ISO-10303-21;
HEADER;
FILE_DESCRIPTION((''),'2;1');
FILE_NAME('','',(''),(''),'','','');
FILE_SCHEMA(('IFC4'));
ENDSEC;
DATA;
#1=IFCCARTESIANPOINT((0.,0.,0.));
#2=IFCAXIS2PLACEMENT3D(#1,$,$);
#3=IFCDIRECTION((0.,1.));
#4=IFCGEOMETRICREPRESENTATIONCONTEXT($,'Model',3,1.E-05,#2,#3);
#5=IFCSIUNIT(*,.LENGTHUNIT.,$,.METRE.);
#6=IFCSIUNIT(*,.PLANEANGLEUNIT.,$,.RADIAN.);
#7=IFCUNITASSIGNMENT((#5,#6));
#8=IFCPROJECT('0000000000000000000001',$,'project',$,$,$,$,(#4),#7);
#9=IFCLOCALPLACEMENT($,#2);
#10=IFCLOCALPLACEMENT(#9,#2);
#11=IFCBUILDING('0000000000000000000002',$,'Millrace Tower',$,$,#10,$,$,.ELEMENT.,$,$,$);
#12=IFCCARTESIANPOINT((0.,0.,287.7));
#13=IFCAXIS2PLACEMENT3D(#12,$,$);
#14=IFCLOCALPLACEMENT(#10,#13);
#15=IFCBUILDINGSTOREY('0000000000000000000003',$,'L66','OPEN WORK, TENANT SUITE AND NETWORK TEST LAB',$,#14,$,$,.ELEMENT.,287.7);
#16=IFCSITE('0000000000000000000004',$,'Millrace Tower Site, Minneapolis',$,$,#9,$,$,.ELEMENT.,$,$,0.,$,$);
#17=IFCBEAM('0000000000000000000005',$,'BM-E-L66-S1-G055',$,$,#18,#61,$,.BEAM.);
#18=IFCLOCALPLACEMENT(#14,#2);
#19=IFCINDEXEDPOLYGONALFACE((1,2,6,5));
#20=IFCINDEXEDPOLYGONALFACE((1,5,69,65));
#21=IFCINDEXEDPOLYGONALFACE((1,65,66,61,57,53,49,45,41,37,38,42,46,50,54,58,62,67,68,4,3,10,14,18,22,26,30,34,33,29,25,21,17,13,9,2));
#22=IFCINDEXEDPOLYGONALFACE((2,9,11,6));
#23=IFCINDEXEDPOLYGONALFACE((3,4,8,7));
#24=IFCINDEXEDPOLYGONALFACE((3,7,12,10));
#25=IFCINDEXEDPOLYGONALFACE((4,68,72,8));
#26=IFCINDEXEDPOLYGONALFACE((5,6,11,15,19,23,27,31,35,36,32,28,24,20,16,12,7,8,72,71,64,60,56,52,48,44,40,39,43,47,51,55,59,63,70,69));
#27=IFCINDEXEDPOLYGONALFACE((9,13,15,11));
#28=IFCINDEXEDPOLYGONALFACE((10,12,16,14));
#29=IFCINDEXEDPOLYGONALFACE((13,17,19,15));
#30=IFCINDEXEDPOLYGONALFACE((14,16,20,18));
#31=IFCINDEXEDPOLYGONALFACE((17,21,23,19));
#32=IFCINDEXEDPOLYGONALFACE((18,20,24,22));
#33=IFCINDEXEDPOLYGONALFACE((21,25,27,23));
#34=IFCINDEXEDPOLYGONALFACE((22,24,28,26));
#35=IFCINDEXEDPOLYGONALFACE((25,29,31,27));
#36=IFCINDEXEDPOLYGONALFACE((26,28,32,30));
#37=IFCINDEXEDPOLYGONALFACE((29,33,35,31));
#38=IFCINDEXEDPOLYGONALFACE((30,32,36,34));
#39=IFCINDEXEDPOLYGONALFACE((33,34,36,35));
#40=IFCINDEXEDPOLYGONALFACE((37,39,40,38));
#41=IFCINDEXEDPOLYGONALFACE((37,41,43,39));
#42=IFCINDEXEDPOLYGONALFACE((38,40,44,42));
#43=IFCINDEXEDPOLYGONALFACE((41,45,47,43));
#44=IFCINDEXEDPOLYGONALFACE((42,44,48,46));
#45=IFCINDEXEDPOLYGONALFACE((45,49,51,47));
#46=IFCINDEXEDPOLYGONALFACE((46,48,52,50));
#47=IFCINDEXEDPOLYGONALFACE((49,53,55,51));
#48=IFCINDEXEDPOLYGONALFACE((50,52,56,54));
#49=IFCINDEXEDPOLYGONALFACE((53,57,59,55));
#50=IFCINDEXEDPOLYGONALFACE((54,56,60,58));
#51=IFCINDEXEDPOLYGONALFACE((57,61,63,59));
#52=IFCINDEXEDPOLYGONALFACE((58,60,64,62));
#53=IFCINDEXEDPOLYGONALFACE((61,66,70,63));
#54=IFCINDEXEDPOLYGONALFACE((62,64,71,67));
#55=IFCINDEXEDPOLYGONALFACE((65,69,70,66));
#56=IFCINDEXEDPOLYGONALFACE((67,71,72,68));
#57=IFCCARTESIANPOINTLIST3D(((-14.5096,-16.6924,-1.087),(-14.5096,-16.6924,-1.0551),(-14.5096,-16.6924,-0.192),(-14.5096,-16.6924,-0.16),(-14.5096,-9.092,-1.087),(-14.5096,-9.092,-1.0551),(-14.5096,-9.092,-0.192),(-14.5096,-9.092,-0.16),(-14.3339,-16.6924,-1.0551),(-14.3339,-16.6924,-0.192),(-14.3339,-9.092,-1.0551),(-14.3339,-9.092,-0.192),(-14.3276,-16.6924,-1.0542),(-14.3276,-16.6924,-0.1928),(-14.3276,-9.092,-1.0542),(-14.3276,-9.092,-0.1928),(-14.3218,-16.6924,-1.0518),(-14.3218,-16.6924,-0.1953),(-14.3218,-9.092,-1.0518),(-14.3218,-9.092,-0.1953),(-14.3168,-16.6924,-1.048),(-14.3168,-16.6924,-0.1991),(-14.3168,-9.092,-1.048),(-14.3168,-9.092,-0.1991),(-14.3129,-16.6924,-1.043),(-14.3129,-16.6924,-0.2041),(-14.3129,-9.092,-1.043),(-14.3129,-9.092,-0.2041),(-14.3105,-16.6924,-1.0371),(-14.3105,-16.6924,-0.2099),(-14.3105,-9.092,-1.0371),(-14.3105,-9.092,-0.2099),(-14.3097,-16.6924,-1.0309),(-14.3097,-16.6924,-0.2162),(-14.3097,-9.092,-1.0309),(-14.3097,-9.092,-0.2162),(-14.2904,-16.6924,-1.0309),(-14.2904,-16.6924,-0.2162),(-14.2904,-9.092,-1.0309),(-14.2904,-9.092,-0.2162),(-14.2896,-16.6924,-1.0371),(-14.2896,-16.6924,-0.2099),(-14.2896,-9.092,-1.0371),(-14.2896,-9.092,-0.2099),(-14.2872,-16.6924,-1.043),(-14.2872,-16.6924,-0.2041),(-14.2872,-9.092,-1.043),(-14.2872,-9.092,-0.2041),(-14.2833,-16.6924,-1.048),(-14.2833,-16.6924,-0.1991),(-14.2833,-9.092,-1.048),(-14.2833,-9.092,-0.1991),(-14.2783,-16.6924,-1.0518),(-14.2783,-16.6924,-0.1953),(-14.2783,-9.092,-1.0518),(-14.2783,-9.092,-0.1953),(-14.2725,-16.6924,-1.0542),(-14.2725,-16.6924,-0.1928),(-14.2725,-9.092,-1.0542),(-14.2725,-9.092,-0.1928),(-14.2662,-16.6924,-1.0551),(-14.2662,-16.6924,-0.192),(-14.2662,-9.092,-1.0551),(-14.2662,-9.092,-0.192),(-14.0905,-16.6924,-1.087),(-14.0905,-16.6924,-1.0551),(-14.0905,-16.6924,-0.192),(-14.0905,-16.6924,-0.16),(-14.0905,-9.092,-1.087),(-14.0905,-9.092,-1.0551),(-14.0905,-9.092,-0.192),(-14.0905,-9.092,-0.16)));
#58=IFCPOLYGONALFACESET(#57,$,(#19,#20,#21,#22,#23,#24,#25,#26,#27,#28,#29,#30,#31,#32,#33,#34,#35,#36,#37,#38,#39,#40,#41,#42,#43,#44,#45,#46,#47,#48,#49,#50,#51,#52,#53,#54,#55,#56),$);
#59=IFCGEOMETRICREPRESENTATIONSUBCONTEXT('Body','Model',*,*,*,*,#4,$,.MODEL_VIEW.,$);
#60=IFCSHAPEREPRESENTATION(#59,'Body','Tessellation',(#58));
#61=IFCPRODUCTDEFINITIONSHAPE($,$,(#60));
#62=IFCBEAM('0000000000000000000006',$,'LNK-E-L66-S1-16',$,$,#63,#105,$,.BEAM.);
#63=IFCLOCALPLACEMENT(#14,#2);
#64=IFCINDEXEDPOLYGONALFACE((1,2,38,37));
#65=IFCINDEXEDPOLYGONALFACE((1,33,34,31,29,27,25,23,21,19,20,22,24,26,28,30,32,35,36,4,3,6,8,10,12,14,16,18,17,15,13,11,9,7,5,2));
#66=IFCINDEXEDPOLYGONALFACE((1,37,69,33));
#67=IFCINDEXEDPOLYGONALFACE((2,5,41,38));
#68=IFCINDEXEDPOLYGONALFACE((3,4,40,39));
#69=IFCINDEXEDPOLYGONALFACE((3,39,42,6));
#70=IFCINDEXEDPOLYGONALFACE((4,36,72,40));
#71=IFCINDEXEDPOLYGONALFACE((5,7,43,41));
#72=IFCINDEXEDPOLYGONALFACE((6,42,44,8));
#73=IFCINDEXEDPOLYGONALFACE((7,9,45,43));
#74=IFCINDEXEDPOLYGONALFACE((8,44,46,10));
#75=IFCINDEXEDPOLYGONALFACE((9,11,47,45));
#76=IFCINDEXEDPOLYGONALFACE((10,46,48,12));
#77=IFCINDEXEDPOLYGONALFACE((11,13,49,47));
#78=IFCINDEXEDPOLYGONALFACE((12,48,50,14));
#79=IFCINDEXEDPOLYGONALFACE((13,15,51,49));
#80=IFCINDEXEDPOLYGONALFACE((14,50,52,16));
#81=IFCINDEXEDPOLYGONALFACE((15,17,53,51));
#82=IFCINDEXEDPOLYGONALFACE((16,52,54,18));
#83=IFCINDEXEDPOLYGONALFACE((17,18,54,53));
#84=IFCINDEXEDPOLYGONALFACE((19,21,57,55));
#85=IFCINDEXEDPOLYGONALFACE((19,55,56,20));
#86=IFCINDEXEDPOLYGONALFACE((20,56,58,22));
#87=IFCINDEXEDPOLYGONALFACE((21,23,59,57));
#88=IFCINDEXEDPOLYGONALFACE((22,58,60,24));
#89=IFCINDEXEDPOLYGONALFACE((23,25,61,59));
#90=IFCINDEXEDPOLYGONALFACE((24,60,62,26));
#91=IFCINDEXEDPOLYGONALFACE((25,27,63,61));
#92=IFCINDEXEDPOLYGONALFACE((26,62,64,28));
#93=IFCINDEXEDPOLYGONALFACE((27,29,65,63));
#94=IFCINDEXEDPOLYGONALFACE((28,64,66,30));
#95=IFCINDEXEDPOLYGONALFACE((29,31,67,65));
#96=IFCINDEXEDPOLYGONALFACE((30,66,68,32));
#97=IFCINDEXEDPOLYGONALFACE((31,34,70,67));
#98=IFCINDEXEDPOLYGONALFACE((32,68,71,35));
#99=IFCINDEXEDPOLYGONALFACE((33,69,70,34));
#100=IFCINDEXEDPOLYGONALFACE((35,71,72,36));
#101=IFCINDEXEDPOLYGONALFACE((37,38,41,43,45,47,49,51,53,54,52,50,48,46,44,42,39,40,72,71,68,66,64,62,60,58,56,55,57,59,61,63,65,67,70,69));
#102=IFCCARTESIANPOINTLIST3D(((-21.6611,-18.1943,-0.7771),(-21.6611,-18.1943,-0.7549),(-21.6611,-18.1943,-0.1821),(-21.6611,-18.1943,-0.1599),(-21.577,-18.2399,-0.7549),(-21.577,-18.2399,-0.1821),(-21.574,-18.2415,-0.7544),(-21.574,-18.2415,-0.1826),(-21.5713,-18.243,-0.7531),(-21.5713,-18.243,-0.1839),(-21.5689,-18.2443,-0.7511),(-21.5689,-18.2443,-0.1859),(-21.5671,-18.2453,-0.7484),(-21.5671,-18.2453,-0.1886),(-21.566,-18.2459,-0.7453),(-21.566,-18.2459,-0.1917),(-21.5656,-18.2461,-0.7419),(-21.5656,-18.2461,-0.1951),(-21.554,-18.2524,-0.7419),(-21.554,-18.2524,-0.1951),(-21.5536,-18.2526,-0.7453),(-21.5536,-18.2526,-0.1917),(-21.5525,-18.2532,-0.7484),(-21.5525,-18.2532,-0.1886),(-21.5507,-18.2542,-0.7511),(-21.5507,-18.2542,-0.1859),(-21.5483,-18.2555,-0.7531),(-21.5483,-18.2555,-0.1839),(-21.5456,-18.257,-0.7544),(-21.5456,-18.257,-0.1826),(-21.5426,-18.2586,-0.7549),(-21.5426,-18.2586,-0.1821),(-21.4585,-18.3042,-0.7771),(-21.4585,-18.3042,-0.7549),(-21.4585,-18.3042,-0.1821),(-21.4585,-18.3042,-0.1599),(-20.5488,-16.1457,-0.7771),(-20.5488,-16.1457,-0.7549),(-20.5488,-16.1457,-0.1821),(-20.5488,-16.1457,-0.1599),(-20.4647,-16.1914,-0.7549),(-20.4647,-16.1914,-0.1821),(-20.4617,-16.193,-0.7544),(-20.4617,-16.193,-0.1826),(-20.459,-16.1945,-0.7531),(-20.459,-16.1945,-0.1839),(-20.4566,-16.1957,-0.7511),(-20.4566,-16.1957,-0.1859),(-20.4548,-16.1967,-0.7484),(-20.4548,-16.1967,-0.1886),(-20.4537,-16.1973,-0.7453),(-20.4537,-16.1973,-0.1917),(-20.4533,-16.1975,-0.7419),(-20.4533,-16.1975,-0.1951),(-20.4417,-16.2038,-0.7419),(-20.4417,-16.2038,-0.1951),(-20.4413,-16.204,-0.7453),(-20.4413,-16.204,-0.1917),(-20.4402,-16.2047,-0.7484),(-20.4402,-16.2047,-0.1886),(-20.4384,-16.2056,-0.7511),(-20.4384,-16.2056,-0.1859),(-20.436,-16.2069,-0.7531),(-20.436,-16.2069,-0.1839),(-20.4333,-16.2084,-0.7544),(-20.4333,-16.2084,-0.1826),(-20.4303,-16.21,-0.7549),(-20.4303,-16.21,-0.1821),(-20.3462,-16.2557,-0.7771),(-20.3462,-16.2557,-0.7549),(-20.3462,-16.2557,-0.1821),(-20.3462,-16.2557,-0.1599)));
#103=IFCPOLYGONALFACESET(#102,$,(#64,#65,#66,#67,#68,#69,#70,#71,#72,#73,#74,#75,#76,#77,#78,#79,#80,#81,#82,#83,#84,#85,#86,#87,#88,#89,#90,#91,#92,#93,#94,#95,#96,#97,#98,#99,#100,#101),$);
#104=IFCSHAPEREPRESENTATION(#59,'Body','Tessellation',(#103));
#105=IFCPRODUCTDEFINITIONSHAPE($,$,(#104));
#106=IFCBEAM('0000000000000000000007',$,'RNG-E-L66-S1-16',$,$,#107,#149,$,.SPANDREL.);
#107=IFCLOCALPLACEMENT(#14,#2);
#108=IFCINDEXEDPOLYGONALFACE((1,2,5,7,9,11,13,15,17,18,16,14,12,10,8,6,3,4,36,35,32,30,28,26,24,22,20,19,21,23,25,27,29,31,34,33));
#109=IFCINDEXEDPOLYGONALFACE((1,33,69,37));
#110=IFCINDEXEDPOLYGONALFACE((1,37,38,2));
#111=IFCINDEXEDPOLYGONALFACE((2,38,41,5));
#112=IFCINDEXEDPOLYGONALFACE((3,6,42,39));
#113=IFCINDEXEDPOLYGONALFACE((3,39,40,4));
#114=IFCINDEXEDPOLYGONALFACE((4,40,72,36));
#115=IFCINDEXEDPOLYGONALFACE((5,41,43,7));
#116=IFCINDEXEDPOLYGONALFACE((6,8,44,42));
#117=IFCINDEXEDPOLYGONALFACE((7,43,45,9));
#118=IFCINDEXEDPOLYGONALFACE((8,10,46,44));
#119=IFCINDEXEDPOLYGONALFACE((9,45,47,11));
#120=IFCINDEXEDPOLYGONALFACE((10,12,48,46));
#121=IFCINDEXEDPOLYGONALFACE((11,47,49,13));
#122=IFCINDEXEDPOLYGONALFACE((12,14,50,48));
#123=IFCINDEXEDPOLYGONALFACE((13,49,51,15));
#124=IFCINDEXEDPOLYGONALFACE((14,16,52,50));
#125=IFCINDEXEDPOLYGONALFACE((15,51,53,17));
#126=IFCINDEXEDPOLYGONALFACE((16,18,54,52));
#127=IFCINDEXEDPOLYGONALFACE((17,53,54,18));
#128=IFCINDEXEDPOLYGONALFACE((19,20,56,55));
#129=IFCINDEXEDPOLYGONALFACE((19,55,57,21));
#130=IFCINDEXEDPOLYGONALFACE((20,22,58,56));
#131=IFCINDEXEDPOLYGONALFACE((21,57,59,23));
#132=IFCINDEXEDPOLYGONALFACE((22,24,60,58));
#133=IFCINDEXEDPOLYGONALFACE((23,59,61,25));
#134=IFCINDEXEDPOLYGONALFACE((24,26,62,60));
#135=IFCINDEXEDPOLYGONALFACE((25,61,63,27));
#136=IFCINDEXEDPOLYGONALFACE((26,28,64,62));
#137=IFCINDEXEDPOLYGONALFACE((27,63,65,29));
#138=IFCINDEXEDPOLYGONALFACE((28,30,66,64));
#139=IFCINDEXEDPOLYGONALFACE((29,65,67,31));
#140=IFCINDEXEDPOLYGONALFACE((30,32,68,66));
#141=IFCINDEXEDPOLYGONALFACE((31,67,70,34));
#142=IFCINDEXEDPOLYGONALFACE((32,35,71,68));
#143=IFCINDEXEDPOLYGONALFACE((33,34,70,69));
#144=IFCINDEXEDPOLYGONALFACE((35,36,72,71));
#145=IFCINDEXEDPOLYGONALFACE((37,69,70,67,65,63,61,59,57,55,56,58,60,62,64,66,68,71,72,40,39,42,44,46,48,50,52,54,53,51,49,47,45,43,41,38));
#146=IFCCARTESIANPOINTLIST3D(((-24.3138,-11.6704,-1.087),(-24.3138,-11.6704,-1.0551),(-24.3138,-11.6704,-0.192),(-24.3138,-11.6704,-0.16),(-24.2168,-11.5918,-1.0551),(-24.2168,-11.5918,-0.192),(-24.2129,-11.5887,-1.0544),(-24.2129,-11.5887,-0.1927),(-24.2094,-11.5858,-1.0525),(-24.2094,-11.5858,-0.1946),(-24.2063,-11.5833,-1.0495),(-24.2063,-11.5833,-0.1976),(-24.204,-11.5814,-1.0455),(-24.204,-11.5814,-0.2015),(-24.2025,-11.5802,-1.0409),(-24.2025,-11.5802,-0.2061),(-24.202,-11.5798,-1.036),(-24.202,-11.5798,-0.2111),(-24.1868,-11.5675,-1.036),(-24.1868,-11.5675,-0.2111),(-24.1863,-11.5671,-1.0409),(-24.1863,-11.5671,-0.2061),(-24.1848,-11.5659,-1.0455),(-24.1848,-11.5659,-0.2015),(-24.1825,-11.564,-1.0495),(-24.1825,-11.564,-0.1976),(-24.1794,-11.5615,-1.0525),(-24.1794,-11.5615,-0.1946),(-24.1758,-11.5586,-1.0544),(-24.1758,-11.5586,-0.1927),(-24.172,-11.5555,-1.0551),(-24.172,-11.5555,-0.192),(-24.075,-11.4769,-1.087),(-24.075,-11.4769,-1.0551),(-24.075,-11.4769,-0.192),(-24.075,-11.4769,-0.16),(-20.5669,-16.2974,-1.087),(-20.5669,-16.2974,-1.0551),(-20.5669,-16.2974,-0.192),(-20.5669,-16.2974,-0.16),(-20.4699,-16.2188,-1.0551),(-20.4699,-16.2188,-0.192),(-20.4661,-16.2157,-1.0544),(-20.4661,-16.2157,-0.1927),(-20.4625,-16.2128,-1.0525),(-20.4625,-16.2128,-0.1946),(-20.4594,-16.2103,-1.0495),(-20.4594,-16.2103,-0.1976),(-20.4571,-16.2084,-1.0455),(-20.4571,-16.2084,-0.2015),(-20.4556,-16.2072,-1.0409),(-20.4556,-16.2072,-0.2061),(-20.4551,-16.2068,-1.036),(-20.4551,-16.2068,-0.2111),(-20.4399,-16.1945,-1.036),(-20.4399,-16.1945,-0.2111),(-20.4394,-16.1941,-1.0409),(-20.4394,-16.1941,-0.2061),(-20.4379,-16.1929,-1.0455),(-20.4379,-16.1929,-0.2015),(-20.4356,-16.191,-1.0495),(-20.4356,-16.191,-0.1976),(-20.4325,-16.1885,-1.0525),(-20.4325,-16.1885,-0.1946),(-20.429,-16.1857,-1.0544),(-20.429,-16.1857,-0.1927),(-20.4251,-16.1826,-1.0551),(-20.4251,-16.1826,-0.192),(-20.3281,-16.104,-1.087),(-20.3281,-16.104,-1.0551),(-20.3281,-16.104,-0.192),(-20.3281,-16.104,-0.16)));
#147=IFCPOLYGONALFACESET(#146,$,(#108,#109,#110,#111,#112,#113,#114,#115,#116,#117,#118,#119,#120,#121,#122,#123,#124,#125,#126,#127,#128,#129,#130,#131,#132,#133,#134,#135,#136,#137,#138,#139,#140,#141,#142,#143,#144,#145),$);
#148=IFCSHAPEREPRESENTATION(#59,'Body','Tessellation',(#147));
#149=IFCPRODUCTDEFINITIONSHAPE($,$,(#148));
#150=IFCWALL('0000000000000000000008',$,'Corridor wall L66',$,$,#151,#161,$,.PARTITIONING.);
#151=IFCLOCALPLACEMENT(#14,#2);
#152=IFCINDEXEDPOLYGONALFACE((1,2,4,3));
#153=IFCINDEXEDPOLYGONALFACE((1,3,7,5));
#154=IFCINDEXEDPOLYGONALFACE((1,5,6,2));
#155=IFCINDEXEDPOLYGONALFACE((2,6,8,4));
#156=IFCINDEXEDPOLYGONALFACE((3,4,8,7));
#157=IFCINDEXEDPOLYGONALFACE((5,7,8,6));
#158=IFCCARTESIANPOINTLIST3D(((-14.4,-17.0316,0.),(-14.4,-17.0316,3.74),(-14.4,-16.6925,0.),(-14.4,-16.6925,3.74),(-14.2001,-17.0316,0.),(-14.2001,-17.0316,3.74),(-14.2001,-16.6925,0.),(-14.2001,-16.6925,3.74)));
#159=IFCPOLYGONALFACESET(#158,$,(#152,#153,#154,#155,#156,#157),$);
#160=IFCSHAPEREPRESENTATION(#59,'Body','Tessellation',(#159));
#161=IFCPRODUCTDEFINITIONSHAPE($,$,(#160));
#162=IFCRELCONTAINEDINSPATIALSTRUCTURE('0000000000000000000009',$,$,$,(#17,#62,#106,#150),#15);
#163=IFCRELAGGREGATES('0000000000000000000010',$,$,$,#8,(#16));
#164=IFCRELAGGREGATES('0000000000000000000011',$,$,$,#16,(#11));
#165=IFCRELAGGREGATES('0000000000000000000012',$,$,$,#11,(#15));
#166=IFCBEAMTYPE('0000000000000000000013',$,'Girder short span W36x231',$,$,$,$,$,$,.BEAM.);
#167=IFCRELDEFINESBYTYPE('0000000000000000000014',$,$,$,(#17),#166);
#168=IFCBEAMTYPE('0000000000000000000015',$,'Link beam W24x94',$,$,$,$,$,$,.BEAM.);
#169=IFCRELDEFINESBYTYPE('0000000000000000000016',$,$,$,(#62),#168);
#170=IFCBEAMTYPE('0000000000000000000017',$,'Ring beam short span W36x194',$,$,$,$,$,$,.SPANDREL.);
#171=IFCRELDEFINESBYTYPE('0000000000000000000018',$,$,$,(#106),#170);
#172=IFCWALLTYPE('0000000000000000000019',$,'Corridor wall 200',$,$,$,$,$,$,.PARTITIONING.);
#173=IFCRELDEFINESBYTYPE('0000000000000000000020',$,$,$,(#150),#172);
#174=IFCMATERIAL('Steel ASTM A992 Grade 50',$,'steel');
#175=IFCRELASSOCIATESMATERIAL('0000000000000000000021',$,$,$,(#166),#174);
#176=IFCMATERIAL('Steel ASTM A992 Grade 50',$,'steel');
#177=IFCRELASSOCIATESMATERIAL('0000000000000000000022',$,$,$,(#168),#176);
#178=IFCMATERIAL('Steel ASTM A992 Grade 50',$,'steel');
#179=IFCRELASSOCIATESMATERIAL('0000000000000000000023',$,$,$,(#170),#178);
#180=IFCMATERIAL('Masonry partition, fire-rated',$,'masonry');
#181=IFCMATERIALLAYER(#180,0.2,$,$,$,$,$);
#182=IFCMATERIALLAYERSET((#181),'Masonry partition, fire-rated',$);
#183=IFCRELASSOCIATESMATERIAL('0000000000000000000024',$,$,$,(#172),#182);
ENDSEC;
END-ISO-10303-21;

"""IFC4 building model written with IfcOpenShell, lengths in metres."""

from ifc_helpers import new_model, si_unit, direction, frame, frame_2d, origin, origin_2d, place, context, subcontext, project, spatial, rectangle, i_section, extrude, material, layer, layer_set, material_profile, profile_set, type_object, element, save


model = new_model("IFC4")

# Units and contexts
model_context = context("Model", 3, precision=1e-05, world=origin(), true_north=direction((0.0, 1.0)))
body_context = subcontext(model_context, "Body", "Model", "MODEL_VIEW")
ifc_project = project(units=[si_unit("LENGTHUNIT", "METRE"), si_unit("PLANEANGLEUNIT", "RADIAN")], contexts=[model_context])

# Site, building, storey
site_placement = place(None, origin())
site = spatial("IfcSite", under=ifc_project, at=site_placement, Name="Millrace Tower Site, Minneapolis", CompositionType="ELEMENT", RefElevation=0.0)
building_placement = place(site_placement, origin())
building = spatial("IfcBuilding", under=site, at=building_placement, Name="Millrace Tower", CompositionType="ELEMENT")
storey_placement = place(building_placement, frame((0.0, 0.0, 287.7)))
storey = spatial("IfcBuildingStorey", under=building, at=storey_placement, Name="L66", Description="OPEN WORK, TENANT SUITE AND NETWORK TEST LAB", CompositionType="ELEMENT", Elevation=287.7)

# Beams
ifc_material_1 = material(Name="Steel ASTM A992 Grade 50", Category="steel")
ifc_material_profile_1 = material_profile(ifc_material_1, i_section(OverallWidth=0.4192, OverallDepth=0.927, WebThickness=0.0193, FlangeThickness=0.032, FilletRadius=0.0242, at=origin_2d()))
ifc_profile_set_1 = profile_set([ifc_material_profile_1], Name="Steel ASTM A992 Grade 50")
beam_type_1 = type_object("IfcBeamType", Name="Girder short span W36x231", PredefinedType="BEAM", material=ifc_profile_set_1)
beam_1_placement = place(storey_placement, frame((-14.3, -16.6924, -0.6235), z_axis=(0.0, 1.0, 0.0), x_axis=(-1.0, 0.0, 0.0)))
element("IfcBeam", 1, at=beam_1_placement, inside=storey, type_object=beam_type_1, Name="BM-E-L66-S1-G055", PredefinedType="BEAM", context=body_context, shape_type="SweptSolid", body=[
    extrude(i_section(OverallWidth=0.4192, OverallDepth=0.927, WebThickness=0.0193, FlangeThickness=0.032, FilletRadius=0.0242, at=origin_2d()), origin(), (0.0, 0.0, 1.0), 7.6003),
])
ifc_material_2 = material(Name="Steel ASTM A992 Grade 50", Category="steel")
ifc_material_profile_2 = material_profile(ifc_material_2, i_section(OverallWidth=0.2305, OverallDepth=0.6172, WebThickness=0.0132, FlangeThickness=0.0222, FilletRadius=0.0129, at=origin_2d()))
ifc_profile_set_2 = profile_set([ifc_material_profile_2], Name="Steel ASTM A992 Grade 50")
beam_type_2 = type_object("IfcBeamType", Name="Link beam W24x94", PredefinedType="BEAM", material=ifc_profile_set_2)
beam_2_placement = place(storey_placement, frame((-20.4475, -16.2007, -0.4685), z_axis=(-0.477164, -0.878815, 0.0), x_axis=(0.878815, -0.477164, 0.0)))
element("IfcBeam", 2, at=beam_2_placement, inside=storey, type_object=beam_type_2, Name="LNK-E-L66-S1-16", PredefinedType="BEAM", context=body_context, shape_type="SweptSolid", body=[
    extrude(i_section(OverallWidth=0.2305, OverallDepth=0.6172, WebThickness=0.0132, FlangeThickness=0.0222, FilletRadius=0.0129, at=origin_2d()), origin(), (0.0, 0.0, 1.0), 2.3311),
])
ifc_material_3 = material(Name="Steel ASTM A992 Grade 50", Category="steel")
ifc_material_profile_3 = material_profile(ifc_material_3, i_section(OverallWidth=0.3074, OverallDepth=0.927, WebThickness=0.0195, FlangeThickness=0.032, FilletRadius=0.019, at=origin_2d()))
ifc_profile_set_3 = profile_set([ifc_material_profile_3], Name="Steel ASTM A992 Grade 50")
beam_type_3 = type_object("IfcBeamType", Name="Ring beam short span W36x194", PredefinedType="SPANDREL", material=ifc_profile_set_3)
beam_3_placement = place(storey_placement, frame((-20.4475, -16.2007, -0.6235), z_axis=(-0.62932, 0.777147, 0.0), x_axis=(-0.777147, -0.62932, 0.0)))
element("IfcBeam", 3, at=beam_3_placement, inside=storey, type_object=beam_type_3, Name="RNG-E-L66-S1-16", PredefinedType="SPANDREL", context=body_context, shape_type="SweptSolid", body=[
    extrude(i_section(OverallWidth=0.3074, OverallDepth=0.927, WebThickness=0.0195, FlangeThickness=0.032, FilletRadius=0.019, at=origin_2d()), origin(), (0.0, 0.0, 1.0), 5.9539),
])

# Wall
ifc_material_4 = material(Name="Masonry partition, fire-rated", Category="masonry")
ifc_layer_1 = layer(ifc_material_4, 0.2)
ifc_layer_set_1 = layer_set([ifc_layer_1], Name="Masonry partition, fire-rated")
wall_type = type_object("IfcWallType", Name="Corridor wall 200", PredefinedType="PARTITIONING", material=ifc_layer_set_1)
wall_1_placement = place(storey_placement, frame((-14.3, -17.0315, 0.0), z_axis=(0.0, 0.0, 1.0), x_axis=(0.0, 1.0, 0.0)))
element("IfcWall", 4, at=wall_1_placement, inside=storey, type_object=wall_type, Name="Corridor wall L66", PredefinedType="PARTITIONING", context=body_context, shape_type="SweptSolid", body=[
    extrude(rectangle(XDim=0.3391, YDim=0.2, at=frame_2d((0.1694, 0.0))), origin(), (0.0, 0.0, 1.0), 3.74),
])

save(model, "model.ifc")
